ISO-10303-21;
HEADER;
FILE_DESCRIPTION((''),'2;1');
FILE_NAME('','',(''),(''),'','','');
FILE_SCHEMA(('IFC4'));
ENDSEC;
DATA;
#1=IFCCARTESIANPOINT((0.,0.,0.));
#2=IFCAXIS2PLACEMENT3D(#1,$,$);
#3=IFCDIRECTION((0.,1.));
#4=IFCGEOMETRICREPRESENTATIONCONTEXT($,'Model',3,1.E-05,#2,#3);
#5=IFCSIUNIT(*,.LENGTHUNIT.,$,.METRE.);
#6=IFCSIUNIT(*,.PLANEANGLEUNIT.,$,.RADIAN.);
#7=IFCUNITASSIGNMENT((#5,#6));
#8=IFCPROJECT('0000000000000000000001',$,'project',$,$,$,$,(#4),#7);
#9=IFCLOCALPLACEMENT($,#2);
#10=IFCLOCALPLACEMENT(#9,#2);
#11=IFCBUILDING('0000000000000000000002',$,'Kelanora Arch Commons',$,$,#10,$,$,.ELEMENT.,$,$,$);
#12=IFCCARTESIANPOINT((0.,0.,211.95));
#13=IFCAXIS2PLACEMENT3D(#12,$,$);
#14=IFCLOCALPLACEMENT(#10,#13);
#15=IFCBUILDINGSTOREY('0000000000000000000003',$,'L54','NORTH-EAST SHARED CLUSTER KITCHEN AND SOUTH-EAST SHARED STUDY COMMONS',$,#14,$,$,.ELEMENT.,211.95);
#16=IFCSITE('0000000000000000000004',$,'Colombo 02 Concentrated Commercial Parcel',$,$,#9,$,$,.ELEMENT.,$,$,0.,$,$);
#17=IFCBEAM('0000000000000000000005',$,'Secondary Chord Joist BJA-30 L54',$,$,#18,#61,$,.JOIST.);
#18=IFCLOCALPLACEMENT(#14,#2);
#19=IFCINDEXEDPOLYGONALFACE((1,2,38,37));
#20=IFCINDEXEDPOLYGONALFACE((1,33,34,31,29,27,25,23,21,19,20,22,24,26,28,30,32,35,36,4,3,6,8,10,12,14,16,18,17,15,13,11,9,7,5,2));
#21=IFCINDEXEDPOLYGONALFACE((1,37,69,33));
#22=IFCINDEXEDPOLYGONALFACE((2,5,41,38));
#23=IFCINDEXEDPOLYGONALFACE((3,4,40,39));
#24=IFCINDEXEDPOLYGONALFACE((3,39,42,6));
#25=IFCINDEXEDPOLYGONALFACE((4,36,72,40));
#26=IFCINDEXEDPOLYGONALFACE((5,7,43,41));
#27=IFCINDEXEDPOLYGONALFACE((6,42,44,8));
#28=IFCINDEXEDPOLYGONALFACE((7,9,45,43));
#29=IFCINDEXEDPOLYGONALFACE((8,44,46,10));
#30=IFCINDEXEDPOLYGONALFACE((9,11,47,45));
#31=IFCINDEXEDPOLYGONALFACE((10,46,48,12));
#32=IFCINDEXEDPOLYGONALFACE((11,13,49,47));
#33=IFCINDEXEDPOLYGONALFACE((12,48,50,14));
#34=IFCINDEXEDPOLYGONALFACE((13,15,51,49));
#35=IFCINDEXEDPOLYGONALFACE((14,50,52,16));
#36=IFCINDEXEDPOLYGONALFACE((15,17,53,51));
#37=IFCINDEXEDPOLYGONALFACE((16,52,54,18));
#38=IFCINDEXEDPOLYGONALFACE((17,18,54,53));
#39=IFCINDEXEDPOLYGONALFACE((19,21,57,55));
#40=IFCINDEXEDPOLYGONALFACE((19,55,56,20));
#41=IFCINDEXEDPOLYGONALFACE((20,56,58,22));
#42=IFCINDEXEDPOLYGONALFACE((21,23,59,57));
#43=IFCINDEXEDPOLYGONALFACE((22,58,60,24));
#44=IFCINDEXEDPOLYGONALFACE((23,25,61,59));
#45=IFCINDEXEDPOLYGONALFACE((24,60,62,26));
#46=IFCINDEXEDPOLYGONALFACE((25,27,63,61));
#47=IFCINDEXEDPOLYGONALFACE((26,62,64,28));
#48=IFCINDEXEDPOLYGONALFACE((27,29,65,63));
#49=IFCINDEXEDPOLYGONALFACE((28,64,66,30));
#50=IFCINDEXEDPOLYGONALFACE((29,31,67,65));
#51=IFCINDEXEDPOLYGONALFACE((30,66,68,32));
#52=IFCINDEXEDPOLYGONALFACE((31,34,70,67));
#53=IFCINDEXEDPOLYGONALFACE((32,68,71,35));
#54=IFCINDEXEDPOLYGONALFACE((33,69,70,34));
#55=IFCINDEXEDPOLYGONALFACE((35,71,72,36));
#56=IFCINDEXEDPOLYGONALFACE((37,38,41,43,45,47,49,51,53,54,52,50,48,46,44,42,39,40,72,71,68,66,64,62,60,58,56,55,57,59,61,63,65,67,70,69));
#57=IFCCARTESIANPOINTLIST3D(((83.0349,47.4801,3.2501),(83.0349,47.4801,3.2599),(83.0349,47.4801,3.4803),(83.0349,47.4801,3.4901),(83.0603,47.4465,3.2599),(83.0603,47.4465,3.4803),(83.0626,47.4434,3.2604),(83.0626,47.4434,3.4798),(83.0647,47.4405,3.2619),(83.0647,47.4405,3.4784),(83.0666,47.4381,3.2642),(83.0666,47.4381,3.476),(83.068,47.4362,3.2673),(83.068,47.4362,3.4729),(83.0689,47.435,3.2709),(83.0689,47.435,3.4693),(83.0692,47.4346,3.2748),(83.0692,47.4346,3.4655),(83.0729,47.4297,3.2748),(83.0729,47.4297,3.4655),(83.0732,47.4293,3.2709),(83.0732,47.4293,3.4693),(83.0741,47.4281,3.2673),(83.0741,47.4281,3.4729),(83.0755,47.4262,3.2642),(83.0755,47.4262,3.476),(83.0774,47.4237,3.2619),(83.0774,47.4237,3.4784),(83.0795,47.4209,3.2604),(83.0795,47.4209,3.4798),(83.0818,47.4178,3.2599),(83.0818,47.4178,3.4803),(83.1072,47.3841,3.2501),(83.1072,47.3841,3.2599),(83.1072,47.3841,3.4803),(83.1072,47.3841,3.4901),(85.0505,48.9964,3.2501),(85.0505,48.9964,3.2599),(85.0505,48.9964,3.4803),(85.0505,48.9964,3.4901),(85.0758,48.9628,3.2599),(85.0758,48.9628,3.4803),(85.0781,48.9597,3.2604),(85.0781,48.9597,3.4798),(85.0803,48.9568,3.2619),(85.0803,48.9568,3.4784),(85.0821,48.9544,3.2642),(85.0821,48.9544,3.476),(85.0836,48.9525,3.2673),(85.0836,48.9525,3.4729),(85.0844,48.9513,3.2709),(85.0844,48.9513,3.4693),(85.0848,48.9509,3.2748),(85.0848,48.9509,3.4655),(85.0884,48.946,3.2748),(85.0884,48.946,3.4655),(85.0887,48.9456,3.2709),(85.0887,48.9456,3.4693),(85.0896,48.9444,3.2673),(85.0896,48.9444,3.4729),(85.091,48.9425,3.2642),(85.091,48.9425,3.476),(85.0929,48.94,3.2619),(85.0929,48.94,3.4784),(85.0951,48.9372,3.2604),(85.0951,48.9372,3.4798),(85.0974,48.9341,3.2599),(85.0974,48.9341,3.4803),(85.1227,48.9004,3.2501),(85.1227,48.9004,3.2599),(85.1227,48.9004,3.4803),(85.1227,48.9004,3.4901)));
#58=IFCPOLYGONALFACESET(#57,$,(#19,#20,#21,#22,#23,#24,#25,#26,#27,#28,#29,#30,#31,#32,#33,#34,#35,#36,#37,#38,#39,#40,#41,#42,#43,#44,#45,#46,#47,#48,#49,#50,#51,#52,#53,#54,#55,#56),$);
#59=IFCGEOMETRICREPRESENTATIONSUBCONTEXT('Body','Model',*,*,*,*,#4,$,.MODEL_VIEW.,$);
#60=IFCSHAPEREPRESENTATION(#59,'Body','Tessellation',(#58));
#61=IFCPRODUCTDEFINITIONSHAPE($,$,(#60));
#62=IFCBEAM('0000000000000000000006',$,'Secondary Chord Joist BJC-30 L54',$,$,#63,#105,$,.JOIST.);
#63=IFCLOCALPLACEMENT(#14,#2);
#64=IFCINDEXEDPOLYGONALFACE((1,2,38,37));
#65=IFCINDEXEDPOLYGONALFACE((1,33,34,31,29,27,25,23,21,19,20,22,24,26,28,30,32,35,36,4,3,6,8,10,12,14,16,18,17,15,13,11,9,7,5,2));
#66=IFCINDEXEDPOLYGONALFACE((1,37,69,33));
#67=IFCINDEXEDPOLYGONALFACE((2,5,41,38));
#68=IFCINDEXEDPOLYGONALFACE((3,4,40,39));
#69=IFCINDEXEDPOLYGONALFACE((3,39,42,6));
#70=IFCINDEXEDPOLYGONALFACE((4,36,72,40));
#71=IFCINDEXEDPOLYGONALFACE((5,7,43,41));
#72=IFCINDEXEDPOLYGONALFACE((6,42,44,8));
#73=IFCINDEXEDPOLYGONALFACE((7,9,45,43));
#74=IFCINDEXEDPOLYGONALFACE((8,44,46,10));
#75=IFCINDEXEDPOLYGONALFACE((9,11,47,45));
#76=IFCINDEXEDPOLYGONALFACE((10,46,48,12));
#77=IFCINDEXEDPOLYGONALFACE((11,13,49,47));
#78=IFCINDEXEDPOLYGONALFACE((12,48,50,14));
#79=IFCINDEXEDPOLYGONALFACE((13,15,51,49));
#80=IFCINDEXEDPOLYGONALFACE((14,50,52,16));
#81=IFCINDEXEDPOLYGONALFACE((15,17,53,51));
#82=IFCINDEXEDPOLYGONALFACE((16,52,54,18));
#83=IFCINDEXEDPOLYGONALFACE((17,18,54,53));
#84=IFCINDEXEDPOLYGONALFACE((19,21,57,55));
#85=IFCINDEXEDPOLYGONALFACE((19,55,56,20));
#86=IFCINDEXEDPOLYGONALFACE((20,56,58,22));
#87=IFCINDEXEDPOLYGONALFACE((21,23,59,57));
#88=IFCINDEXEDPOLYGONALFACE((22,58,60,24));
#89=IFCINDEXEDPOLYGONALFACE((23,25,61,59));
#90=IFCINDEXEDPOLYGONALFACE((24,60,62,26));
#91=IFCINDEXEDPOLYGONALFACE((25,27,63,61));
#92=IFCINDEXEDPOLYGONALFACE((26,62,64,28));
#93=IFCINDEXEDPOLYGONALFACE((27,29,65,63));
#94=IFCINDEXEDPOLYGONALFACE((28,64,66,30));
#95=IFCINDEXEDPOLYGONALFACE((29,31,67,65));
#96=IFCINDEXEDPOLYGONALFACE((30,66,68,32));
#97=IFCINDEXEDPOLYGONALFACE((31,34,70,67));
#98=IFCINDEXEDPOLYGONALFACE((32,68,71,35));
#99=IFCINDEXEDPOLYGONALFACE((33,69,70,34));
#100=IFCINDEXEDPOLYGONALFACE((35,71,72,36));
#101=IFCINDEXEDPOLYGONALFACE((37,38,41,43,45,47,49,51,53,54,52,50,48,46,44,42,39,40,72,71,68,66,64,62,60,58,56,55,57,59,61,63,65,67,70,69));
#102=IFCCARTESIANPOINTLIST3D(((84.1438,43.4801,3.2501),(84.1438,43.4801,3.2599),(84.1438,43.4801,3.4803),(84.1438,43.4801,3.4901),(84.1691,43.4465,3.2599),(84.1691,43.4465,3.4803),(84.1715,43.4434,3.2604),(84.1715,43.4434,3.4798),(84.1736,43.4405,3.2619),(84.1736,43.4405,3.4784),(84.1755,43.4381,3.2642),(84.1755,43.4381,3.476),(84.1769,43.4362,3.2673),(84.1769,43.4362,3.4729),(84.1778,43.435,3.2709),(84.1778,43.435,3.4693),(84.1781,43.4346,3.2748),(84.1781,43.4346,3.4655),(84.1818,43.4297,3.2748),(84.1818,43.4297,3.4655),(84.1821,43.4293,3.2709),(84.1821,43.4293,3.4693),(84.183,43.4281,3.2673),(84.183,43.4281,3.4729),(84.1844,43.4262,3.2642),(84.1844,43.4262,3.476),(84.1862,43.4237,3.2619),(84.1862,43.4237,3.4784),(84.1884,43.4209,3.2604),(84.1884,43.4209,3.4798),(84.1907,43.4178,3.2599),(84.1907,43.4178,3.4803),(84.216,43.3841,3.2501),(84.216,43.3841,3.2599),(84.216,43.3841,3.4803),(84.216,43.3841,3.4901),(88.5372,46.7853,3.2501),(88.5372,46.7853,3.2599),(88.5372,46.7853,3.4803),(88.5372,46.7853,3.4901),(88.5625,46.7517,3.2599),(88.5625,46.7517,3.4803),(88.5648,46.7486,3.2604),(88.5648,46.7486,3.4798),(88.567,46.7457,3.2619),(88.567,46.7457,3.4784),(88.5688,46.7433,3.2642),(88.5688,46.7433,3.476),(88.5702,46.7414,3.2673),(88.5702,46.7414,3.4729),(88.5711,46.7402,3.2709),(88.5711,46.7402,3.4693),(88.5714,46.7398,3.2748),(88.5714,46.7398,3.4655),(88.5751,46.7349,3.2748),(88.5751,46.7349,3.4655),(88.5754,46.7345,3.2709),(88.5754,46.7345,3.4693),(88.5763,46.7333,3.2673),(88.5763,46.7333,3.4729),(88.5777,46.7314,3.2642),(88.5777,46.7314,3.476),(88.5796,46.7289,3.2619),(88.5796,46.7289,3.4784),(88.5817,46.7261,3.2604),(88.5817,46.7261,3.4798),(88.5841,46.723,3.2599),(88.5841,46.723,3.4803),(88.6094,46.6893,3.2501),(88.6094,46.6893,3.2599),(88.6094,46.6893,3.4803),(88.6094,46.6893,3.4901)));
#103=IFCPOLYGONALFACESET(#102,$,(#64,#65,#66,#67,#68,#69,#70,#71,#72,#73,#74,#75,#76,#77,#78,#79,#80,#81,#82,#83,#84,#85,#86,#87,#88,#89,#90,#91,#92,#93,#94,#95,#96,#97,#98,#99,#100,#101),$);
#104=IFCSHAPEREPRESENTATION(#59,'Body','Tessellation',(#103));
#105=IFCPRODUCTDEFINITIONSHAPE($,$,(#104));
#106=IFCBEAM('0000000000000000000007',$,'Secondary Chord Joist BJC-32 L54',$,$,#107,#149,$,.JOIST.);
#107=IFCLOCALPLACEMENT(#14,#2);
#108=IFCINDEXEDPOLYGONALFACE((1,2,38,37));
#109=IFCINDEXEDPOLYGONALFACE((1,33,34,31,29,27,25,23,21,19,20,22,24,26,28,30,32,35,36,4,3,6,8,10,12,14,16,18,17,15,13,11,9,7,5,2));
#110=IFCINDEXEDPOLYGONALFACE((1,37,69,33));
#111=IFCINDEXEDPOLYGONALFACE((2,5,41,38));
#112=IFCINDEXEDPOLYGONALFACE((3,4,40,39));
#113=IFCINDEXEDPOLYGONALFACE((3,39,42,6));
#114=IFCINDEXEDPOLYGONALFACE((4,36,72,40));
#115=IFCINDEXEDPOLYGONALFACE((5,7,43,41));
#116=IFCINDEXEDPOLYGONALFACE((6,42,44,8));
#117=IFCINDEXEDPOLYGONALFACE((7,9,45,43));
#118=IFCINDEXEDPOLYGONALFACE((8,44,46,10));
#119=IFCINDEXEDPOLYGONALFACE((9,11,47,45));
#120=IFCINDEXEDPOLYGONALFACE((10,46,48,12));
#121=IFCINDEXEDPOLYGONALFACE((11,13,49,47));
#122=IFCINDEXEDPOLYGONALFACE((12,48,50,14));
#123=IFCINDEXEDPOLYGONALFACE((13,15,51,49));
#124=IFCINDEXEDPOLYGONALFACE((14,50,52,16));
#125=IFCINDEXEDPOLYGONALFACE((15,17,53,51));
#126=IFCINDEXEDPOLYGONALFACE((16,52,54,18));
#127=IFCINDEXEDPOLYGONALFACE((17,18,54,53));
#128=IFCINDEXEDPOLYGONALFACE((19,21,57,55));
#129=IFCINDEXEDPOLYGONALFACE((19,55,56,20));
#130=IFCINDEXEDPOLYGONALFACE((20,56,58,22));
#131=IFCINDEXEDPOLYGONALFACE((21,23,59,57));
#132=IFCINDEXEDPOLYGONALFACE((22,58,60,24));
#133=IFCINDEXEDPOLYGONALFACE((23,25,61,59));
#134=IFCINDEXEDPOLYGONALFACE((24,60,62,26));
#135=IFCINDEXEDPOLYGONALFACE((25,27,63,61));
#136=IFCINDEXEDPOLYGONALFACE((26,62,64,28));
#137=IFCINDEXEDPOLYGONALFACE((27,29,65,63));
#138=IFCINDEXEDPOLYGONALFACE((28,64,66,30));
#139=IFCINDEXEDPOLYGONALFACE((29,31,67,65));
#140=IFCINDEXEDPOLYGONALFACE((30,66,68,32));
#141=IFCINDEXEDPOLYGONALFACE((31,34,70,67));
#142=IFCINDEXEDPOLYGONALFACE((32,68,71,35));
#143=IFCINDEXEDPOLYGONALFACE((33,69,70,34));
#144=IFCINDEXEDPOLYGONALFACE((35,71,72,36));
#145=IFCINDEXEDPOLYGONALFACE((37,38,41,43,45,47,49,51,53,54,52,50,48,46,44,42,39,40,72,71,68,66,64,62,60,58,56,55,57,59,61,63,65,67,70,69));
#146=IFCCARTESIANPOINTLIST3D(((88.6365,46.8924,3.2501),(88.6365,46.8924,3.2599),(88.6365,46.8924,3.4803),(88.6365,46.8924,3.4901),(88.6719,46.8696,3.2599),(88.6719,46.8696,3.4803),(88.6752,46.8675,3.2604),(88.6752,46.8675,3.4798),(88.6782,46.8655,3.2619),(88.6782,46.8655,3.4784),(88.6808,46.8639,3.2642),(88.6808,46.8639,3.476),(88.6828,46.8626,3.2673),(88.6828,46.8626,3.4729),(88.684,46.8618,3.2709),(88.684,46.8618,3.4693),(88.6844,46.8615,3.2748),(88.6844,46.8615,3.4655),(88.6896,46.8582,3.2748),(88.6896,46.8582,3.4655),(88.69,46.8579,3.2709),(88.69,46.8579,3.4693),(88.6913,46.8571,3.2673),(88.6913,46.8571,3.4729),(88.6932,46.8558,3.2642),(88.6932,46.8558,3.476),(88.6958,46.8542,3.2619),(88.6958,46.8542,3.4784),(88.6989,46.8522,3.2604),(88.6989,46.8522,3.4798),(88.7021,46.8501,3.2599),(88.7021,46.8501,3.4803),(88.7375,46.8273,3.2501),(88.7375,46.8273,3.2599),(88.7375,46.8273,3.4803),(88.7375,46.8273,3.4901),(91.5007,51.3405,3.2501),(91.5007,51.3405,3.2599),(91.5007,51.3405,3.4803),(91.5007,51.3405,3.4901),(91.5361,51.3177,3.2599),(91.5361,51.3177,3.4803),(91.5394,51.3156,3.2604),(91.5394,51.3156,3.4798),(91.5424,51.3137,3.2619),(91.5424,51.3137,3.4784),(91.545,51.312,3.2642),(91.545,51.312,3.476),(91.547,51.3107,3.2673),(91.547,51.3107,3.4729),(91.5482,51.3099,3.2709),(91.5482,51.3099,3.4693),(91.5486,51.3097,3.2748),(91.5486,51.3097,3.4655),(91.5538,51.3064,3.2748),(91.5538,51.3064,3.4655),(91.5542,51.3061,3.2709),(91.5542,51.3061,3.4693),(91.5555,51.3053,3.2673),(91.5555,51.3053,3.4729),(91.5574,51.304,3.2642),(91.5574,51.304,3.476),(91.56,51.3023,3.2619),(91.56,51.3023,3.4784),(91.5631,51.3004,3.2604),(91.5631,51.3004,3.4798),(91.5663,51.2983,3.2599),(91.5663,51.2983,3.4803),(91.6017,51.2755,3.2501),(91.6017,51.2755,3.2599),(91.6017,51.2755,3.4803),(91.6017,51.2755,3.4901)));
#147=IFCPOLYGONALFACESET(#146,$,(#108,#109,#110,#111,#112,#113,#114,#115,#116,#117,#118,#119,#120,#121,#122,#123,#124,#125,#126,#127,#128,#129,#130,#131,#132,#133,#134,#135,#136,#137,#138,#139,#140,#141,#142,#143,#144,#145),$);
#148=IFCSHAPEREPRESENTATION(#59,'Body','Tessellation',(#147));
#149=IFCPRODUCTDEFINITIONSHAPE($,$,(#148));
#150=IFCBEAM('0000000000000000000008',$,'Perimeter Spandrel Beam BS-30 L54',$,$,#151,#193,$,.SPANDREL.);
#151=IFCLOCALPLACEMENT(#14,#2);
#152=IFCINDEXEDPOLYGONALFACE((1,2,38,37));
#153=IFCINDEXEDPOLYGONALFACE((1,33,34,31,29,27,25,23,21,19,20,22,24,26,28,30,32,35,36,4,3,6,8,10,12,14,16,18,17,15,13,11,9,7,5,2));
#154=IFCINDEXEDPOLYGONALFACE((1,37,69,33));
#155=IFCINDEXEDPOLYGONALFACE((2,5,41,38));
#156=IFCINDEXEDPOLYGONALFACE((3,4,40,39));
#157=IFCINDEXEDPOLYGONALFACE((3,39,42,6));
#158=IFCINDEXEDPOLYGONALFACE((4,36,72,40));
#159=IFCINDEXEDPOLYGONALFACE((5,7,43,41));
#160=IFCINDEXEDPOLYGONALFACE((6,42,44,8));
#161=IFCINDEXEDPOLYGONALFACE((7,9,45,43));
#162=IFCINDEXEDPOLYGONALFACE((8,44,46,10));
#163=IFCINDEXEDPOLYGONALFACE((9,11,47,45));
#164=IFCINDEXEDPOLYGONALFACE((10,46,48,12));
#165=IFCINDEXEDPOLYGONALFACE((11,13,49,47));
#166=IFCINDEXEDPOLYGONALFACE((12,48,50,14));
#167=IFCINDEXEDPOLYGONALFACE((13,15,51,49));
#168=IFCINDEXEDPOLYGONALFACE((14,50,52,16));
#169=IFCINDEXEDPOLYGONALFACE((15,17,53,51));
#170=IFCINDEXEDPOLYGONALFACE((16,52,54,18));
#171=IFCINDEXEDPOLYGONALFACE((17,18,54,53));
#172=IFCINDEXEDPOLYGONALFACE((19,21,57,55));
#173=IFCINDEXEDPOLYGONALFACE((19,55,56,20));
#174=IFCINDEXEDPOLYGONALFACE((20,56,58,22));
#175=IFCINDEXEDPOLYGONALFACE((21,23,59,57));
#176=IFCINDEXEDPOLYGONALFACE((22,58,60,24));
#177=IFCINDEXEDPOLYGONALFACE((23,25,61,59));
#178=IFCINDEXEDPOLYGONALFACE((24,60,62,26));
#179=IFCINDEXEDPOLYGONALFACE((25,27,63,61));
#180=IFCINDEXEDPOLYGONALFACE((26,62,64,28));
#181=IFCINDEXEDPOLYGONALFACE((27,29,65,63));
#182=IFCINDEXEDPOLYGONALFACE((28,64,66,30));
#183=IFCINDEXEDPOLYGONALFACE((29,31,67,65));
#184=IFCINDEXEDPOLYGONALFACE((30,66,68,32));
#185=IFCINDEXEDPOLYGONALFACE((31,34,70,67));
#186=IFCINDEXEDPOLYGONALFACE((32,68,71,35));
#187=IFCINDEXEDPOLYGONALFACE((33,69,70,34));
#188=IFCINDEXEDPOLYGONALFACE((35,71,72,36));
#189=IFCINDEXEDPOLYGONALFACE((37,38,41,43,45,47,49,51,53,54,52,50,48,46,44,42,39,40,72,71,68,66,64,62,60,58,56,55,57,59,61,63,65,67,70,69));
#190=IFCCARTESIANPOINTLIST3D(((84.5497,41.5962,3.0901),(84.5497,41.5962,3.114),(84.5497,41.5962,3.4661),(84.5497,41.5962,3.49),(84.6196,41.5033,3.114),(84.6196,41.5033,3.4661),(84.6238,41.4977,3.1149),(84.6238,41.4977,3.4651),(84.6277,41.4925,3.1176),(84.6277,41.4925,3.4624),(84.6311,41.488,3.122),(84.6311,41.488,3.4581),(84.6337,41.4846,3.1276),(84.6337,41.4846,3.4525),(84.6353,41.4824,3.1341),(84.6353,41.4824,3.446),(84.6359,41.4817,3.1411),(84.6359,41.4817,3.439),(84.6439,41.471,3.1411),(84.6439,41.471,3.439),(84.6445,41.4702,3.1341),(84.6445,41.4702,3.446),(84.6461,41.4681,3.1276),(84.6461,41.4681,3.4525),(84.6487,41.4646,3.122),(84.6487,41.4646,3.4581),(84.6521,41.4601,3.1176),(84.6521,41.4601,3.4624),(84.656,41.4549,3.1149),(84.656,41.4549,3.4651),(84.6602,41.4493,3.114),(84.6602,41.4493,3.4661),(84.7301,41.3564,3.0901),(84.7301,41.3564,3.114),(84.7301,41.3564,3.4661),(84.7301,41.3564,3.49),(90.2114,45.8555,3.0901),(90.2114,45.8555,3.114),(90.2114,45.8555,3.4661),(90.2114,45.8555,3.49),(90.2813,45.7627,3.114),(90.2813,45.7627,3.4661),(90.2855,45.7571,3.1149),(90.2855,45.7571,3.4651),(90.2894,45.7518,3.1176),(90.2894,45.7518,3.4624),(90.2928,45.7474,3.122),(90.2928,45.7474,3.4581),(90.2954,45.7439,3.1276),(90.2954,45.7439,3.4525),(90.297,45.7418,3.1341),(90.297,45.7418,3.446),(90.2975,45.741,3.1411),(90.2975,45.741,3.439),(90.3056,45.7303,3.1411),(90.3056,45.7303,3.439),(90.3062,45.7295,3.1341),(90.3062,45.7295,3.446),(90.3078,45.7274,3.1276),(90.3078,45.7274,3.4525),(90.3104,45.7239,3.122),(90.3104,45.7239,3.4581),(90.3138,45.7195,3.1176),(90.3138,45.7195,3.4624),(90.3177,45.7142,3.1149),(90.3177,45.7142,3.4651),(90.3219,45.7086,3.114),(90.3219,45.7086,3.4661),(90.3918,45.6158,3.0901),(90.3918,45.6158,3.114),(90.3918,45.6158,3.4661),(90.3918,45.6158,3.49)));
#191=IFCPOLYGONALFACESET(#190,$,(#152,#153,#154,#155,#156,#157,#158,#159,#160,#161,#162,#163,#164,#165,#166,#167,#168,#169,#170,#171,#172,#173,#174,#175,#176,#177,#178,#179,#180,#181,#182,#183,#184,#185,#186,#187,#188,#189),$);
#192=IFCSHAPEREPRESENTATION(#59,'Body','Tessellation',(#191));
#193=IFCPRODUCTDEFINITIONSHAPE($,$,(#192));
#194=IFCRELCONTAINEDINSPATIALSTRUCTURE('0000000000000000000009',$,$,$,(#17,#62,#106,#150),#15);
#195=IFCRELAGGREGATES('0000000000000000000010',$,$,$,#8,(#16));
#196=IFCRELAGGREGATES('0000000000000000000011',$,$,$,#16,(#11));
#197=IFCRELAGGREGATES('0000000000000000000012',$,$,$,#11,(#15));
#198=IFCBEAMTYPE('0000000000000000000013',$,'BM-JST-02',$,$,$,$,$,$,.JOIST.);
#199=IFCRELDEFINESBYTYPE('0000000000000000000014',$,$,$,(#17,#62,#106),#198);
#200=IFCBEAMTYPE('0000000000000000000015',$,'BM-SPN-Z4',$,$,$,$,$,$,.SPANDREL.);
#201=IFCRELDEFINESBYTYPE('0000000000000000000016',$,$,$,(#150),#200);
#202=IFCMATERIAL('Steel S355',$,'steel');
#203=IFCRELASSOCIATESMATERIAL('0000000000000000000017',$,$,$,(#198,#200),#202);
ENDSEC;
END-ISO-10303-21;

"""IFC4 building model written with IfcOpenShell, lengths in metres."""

from ifc_helpers import new_model, si_unit, direction, frame, origin, origin_2d, place, context, subcontext, project, spatial, i_section, extrude, material, material_profile, profile_set, type_object, element, save


model = new_model("IFC4")

# Units and contexts
model_context = context("Model", 3, precision=1e-05, world=origin(), true_north=direction((0.0, 1.0)))
body_context = subcontext(model_context, "Body", "Model", "MODEL_VIEW")
ifc_project = project(units=[si_unit("LENGTHUNIT", "METRE"), si_unit("PLANEANGLEUNIT", "RADIAN")], contexts=[model_context])

# Site, building, storey
site_placement = place(None, origin())
site = spatial("IfcSite", under=ifc_project, at=site_placement, Name="Colombo 02 Concentrated Commercial Parcel", CompositionType="ELEMENT", RefElevation=0.0)
building_placement = place(site_placement, origin())
building = spatial("IfcBuilding", under=site, at=building_placement, Name="Kelanora Arch Commons", CompositionType="ELEMENT")
storey_placement = place(building_placement, frame((0.0, 0.0, 211.95)))
storey = spatial("IfcBuildingStorey", under=building, at=storey_placement, Name="L54", Description="NORTH-EAST SHARED CLUSTER KITCHEN AND SOUTH-EAST SHARED STUDY COMMONS", CompositionType="ELEMENT", Elevation=211.95)

# Beams
ifc_material_1 = material(Name="Steel S355", Category="steel")
ifc_material_profile_1 = material_profile(ifc_material_1, i_section(OverallWidth=0.1201, OverallDepth=0.24, WebThickness=0.0061, FlangeThickness=0.0098, FilletRadius=0.0149, at=origin_2d()), Name="IPE240")
ifc_profile_set_1 = profile_set([ifc_material_profile_1], Name="Steel S355")
beam_type_1 = type_object("IfcBeamType", Name="BM-JST-02", PredefinedType="JOIST", material=ifc_profile_set_1)
beam_1_placement = place(storey_placement, frame((83.071, 47.4321, 3.3701), z_axis=(0.799116, 0.601176, 0.0), x_axis=(-0.601176, 0.799116, 0.0)))
element("IfcBeam", 1, at=beam_1_placement, inside=storey, type_object=beam_type_1, Name="Secondary Chord Joist BJA-30 L54", PredefinedType="JOIST", context=body_context, shape_type="SweptSolid", body=[
    extrude(i_section(OverallWidth=0.1201, OverallDepth=0.24, WebThickness=0.0061, FlangeThickness=0.0098, FilletRadius=0.0149, at=origin_2d()), origin(), (0.0, 0.0, 1.0), 2.5222),
])
beam_2_placement = place(storey_placement, frame((84.1799, 43.4321, 3.3701), z_axis=(0.799109, 0.601186, 0.0), x_axis=(-0.601186, 0.799109, 0.0)))
element("IfcBeam", 2, at=beam_2_placement, inside=storey, type_object=beam_type_1, Name="Secondary Chord Joist BJC-30 L54", PredefinedType="JOIST", context=body_context, shape_type="SweptSolid", body=[
    extrude(i_section(OverallWidth=0.1201, OverallDepth=0.24, WebThickness=0.0061, FlangeThickness=0.0098, FilletRadius=0.0149, at=origin_2d()), origin(), (0.0, 0.0, 1.0), 5.4978),
])
beam_3_placement = place(storey_placement, frame((88.687, 46.8599, 3.3701), z_axis=(0.541382, 0.840776, 0.0), x_axis=(-0.840776, 0.541382, 0.0)))
element("IfcBeam", 3, at=beam_3_placement, inside=storey, type_object=beam_type_1, Name="Secondary Chord Joist BJC-32 L54", PredefinedType="JOIST", context=body_context, shape_type="SweptSolid", body=[
    extrude(i_section(OverallWidth=0.1201, OverallDepth=0.24, WebThickness=0.0061, FlangeThickness=0.0098, FilletRadius=0.0149, at=origin_2d()), origin(), (0.0, 0.0, 1.0), 5.2905),
])
ifc_material_profile_2 = material_profile(ifc_material_1, i_section(OverallWidth=0.3, OverallDepth=0.3999, WebThickness=0.0134, FlangeThickness=0.0239, FilletRadius=0.0271, at=origin_2d()), Name="HEB400")
ifc_profile_set_2 = profile_set([ifc_material_profile_2], Name="Steel S355")
beam_type_2 = type_object("IfcBeamType", Name="BM-SPN-Z4", PredefinedType="SPANDREL", material=ifc_profile_set_2)
beam_4_placement = place(storey_placement, frame((84.6399, 41.4763, 3.29), z_axis=(0.799114, 0.601179, 0.0), x_axis=(-0.601179, 0.799114, 0.0)))
element("IfcBeam", 4, at=beam_4_placement, inside=storey, type_object=beam_type_2, Name="Perimeter Spandrel Beam BS-30 L54", PredefinedType="SPANDREL", context=body_context, shape_type="SweptSolid", body=[
    extrude(i_section(OverallWidth=0.3, OverallDepth=0.3999, WebThickness=0.0134, FlangeThickness=0.0239, FilletRadius=0.0271, at=origin_2d()), origin(), (0.0, 0.0, 1.0), 7.085),
])

save(model, "model.ifc")
